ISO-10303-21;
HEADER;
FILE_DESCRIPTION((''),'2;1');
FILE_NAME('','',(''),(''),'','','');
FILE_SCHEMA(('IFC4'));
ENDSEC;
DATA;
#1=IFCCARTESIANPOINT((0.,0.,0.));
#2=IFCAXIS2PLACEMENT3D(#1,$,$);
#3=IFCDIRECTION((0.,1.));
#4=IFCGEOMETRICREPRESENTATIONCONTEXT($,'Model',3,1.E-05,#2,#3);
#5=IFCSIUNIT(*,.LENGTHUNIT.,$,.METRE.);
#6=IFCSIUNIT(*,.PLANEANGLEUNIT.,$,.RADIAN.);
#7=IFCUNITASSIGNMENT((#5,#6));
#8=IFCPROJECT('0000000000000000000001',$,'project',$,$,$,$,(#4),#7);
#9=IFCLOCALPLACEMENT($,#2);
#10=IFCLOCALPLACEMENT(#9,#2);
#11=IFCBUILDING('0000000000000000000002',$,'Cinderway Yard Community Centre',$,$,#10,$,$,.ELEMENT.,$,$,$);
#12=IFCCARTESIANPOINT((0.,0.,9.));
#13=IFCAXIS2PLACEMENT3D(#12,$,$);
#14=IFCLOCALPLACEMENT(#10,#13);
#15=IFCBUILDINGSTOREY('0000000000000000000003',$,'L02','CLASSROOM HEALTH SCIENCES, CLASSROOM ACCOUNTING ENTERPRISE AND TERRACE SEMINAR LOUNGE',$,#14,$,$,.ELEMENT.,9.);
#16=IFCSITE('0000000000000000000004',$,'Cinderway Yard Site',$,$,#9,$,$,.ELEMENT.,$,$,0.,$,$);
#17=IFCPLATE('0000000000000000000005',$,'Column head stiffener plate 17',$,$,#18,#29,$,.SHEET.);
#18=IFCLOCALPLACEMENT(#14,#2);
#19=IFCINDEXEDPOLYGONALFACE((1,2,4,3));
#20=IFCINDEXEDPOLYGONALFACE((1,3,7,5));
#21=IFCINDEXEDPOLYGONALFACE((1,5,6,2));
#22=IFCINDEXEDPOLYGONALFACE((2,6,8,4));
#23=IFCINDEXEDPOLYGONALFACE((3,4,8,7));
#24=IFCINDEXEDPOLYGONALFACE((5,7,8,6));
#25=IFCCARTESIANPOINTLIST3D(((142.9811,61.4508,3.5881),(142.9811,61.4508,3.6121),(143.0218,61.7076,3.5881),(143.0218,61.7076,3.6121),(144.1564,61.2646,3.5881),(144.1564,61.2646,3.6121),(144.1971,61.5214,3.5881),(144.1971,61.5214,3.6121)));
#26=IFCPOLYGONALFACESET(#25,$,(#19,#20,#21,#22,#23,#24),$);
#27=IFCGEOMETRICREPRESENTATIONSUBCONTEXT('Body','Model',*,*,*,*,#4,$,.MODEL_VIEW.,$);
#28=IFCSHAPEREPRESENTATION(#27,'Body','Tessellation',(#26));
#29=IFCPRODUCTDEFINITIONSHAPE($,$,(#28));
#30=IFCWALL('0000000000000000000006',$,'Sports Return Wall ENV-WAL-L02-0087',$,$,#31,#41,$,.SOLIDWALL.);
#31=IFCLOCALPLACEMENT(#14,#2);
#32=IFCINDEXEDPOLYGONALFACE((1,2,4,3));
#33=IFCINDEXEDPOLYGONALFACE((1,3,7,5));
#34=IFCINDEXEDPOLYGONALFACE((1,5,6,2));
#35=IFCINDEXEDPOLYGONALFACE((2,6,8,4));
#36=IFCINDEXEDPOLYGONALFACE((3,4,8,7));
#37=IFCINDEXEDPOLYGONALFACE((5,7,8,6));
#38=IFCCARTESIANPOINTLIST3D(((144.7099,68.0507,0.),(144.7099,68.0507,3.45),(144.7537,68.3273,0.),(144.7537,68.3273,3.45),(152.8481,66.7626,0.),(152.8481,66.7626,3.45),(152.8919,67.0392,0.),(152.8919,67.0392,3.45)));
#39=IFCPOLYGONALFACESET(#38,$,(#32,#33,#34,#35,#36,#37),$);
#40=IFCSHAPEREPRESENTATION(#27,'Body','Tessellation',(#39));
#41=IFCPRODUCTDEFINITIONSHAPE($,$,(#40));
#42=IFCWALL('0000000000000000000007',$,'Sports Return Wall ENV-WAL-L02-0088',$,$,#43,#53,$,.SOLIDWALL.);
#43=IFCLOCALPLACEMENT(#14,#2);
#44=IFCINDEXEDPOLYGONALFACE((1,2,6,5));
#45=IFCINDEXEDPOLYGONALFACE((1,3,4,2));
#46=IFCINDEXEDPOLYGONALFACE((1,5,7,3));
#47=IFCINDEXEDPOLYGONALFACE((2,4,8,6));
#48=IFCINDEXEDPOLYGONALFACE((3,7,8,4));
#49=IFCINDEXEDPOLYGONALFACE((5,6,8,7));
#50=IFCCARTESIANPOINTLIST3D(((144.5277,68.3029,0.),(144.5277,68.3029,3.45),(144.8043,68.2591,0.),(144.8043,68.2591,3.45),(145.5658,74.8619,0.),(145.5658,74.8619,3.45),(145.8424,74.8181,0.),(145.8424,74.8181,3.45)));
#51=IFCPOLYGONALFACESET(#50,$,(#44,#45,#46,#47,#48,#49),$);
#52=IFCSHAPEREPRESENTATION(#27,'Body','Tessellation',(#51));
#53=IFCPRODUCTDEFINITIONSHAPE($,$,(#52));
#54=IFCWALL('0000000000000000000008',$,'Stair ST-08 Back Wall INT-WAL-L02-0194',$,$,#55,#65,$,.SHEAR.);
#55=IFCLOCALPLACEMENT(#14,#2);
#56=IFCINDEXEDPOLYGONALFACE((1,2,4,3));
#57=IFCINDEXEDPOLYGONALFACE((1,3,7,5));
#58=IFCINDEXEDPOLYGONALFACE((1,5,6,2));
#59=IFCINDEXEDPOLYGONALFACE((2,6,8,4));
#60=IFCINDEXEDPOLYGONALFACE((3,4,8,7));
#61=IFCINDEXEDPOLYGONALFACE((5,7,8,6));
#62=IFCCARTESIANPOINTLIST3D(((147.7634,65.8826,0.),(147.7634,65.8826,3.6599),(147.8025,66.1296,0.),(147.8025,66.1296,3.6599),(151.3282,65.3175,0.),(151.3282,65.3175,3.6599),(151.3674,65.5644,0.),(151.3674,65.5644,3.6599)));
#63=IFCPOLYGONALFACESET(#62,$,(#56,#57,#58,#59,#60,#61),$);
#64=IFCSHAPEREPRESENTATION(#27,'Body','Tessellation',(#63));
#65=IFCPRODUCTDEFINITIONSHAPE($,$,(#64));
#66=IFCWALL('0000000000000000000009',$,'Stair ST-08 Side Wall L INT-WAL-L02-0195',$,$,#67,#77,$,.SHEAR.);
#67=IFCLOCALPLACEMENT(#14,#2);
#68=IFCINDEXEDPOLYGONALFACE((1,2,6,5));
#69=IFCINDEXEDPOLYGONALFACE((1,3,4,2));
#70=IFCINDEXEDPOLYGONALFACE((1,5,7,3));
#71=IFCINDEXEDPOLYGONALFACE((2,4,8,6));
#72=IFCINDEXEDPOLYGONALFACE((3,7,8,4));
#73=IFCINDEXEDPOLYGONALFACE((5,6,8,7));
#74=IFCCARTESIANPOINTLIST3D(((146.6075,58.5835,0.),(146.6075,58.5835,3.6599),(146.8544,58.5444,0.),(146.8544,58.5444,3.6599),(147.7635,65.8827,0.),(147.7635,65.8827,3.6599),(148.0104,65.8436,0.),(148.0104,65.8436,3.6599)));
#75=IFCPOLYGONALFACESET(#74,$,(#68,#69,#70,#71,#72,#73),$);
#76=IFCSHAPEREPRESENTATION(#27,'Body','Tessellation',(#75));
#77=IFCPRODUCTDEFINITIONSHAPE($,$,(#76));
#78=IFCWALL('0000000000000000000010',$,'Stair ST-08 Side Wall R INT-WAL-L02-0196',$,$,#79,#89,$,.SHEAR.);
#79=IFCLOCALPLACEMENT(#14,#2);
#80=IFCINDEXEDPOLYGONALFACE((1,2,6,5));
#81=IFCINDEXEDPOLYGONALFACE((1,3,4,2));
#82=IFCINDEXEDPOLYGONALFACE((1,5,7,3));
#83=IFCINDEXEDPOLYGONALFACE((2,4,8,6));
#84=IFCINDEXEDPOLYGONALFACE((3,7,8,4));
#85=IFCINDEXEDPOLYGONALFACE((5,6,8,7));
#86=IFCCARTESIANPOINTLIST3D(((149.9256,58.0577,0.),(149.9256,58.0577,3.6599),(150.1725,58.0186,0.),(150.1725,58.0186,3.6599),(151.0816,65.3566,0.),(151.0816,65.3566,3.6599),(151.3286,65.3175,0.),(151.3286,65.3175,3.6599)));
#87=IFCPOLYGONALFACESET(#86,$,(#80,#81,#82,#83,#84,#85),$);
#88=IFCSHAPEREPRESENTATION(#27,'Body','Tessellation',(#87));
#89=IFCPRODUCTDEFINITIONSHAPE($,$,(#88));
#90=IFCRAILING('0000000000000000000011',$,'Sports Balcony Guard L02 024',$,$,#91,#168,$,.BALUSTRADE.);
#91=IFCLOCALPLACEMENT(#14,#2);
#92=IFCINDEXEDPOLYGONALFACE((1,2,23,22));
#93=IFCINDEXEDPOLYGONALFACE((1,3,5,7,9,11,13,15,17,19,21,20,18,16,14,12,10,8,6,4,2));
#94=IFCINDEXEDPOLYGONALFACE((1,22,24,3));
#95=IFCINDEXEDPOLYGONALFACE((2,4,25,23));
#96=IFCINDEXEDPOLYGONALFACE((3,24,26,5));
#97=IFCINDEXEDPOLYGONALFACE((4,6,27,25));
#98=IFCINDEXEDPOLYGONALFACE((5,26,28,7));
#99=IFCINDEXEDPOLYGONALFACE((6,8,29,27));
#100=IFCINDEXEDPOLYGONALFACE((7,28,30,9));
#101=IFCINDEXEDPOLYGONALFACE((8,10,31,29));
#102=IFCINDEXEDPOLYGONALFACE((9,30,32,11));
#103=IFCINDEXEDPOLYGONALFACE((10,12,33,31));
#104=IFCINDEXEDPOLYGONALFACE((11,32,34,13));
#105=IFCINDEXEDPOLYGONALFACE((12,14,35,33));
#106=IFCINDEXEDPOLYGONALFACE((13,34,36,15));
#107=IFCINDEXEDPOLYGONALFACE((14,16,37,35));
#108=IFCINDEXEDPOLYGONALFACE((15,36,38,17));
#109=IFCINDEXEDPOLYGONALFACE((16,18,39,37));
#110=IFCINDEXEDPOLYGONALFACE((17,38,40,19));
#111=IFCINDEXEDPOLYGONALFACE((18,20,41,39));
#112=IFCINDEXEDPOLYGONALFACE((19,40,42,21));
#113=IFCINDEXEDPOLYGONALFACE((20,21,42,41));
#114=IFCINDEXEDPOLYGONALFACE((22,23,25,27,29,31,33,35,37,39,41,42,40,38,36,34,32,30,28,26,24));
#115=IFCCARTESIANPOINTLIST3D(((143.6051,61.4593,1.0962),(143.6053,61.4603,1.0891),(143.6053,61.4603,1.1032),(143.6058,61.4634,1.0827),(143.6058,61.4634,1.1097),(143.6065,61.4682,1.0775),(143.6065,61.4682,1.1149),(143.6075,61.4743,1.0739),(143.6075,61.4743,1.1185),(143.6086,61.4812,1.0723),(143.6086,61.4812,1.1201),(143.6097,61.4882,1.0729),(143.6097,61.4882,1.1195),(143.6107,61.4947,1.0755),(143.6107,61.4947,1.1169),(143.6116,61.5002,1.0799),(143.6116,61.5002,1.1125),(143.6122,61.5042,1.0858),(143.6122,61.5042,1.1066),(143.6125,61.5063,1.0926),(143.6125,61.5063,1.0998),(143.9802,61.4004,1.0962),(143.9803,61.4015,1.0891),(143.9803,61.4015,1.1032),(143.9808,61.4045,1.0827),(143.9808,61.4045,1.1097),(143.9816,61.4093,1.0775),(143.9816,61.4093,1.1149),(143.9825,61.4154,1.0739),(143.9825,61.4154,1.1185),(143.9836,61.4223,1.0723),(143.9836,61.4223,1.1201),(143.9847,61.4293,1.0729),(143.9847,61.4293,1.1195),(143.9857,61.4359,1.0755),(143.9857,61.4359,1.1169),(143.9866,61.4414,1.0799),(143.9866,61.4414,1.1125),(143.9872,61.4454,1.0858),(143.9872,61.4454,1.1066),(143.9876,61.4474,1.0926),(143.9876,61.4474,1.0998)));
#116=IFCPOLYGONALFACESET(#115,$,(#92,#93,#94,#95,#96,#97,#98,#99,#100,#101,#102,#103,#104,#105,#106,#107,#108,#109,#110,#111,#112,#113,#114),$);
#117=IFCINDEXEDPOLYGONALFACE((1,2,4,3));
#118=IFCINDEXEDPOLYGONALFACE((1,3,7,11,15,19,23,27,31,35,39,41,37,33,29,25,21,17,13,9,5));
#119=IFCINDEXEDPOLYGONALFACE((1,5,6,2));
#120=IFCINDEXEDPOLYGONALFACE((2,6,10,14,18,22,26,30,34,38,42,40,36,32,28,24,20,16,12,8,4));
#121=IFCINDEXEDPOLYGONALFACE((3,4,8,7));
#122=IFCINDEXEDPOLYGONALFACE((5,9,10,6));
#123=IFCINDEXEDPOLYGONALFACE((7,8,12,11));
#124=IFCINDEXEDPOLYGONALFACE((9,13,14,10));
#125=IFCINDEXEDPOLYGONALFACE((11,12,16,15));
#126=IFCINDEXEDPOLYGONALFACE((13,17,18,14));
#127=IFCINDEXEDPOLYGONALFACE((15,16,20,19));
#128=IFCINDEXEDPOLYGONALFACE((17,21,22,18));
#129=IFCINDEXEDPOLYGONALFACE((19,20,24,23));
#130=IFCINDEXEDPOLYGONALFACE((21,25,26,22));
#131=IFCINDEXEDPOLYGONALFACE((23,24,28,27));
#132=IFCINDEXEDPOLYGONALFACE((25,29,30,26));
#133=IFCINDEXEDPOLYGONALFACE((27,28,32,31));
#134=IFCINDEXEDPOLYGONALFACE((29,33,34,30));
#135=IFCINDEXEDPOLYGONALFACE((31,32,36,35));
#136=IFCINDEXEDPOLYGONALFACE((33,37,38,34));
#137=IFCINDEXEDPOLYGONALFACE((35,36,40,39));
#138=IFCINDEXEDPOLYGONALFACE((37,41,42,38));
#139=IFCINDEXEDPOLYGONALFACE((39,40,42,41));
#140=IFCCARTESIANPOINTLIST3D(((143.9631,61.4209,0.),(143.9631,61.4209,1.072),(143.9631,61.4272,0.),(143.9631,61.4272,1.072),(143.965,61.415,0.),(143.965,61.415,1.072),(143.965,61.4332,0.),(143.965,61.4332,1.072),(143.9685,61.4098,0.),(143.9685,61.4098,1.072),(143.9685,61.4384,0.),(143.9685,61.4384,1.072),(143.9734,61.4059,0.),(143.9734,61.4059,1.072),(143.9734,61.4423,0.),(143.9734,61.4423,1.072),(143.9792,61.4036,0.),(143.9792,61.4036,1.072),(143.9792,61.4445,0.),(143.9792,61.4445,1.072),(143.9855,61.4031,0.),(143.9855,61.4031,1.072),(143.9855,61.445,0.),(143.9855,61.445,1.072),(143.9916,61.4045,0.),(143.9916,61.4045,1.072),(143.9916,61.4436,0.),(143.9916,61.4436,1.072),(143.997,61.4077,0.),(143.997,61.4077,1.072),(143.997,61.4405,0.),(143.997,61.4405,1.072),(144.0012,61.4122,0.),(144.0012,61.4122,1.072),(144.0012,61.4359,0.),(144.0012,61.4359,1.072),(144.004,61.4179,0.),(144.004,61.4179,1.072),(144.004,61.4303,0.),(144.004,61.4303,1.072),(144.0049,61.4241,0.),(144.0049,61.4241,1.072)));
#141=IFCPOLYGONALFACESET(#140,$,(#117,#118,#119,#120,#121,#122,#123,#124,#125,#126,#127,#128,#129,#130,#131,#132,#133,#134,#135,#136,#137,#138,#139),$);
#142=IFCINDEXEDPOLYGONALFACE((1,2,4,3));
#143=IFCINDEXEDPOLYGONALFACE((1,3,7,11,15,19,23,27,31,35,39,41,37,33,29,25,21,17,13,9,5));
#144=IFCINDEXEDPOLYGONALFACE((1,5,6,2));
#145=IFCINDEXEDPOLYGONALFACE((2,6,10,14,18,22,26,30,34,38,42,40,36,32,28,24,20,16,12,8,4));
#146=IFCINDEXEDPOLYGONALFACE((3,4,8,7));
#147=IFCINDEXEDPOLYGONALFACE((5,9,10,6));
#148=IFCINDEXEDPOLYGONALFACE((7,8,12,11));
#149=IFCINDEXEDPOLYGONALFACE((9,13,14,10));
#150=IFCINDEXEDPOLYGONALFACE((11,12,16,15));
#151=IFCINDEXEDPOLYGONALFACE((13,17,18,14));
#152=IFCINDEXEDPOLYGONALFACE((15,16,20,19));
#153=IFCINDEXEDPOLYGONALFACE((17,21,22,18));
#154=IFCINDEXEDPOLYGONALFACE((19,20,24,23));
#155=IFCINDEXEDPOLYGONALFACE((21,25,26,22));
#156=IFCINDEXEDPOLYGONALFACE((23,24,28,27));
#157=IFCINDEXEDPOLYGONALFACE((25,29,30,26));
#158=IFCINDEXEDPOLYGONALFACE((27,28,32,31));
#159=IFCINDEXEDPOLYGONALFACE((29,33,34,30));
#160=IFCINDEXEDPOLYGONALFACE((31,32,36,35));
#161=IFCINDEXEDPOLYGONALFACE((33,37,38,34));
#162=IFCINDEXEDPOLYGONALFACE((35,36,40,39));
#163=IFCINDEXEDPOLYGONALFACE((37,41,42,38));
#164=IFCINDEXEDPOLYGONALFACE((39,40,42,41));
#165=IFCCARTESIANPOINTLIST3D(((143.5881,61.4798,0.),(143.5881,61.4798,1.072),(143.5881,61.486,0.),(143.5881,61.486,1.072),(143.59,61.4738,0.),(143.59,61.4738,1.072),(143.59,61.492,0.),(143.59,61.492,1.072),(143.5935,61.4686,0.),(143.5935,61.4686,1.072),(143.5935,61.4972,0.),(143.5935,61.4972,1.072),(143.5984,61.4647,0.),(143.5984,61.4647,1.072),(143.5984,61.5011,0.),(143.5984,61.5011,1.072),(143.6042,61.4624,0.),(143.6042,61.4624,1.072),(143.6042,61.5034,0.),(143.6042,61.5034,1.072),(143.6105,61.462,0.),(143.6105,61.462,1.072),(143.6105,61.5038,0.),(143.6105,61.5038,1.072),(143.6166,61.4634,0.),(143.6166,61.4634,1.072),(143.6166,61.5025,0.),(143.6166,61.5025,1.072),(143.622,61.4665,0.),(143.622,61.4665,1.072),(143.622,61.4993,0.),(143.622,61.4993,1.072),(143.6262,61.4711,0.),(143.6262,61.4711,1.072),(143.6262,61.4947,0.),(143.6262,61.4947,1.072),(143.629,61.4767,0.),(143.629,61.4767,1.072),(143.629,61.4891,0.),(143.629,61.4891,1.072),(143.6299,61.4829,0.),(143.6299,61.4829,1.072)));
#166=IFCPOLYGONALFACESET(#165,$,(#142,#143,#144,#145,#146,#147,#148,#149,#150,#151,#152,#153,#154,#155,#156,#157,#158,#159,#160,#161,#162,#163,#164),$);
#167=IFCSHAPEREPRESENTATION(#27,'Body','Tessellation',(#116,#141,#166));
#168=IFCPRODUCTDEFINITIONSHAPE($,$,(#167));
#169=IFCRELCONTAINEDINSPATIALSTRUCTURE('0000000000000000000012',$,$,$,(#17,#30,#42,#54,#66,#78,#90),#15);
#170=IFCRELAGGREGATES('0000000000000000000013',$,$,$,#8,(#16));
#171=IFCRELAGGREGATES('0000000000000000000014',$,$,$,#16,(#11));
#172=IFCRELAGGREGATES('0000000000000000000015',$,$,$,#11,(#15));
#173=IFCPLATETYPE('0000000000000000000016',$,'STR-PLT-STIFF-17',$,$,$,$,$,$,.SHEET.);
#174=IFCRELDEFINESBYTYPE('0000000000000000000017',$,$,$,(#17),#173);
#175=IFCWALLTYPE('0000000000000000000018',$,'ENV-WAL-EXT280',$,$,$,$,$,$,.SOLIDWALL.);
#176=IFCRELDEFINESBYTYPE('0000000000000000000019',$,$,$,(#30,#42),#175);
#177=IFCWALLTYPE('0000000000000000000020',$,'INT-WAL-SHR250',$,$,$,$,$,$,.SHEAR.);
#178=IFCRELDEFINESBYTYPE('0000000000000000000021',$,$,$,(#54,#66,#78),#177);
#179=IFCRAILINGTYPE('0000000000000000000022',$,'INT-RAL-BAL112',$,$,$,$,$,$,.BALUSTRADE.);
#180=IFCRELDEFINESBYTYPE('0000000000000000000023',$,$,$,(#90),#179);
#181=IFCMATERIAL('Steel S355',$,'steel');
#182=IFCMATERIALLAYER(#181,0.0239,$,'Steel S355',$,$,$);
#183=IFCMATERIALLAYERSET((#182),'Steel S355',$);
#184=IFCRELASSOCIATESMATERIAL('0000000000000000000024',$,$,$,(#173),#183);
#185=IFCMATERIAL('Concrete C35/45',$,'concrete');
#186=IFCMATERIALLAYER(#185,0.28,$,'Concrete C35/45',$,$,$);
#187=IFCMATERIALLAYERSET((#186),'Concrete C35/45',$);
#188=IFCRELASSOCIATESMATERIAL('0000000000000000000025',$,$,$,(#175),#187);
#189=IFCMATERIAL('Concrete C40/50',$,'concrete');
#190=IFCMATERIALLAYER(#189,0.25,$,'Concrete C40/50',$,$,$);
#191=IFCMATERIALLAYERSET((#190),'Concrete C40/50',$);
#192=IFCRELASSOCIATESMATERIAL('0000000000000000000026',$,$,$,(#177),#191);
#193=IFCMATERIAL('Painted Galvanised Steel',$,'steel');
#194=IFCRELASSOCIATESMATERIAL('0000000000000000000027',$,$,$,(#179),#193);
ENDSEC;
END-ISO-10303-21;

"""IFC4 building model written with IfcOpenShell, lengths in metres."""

from ifc_helpers import new_model, si_unit, direction, frame, frame_2d, origin, origin_2d, place, context, subcontext, project, spatial, rectangle, circle, extrude, material, layer, layer_set, type_object, element, save


model = new_model("IFC4")

# Units and contexts
model_context = context("Model", 3, precision=1e-05, world=origin(), true_north=direction((0.0, 1.0)))
body_context = subcontext(model_context, "Body", "Model", "MODEL_VIEW")
ifc_project = project(units=[si_unit("LENGTHUNIT", "METRE"), si_unit("PLANEANGLEUNIT", "RADIAN")], contexts=[model_context])

# Site, building, storey
site_placement = place(None, origin())
site = spatial("IfcSite", under=ifc_project, at=site_placement, Name="Cinderway Yard Site", CompositionType="ELEMENT", RefElevation=0.0)
building_placement = place(site_placement, origin())
building = spatial("IfcBuilding", under=site, at=building_placement, Name="Cinderway Yard Community Centre", CompositionType="ELEMENT")
storey_placement = place(building_placement, frame((0.0, 0.0, 9.0)))
storey = spatial("IfcBuildingStorey", under=building, at=storey_placement, Name="L02", Description="CLASSROOM HEALTH SCIENCES, CLASSROOM ACCOUNTING ENTERPRISE AND TERRACE SEMINAR LOUNGE", CompositionType="ELEMENT", Elevation=9.0)

# Shared definitions
ifc_material_1 = material(Name="Concrete C40/50", Category="concrete")

# Shared definitions
ifc_material_2 = material(Name="Concrete C35/45", Category="concrete")
ifc_material_3 = material(Name="Steel S355", Category="steel")

# Plate
ifc_layer_1 = layer(ifc_material_3, 0.0239, Name="Steel S355")
ifc_layer_set_1 = layer_set([ifc_layer_1], Name="Steel S355")
plate_type_1 = type_object("IfcPlateType", Name="STR-PLT-STIFF-17", PredefinedType="SHEET", material=ifc_layer_set_1)
plate_1_placement = place(storey_placement, frame((143.5891, 61.4861, 3.5881), z_axis=(0.0, 0.0, 1.0), x_axis=(0.987688, -0.156434, 0.0)))
element("IfcPlate", 1, at=plate_1_placement, inside=storey, type_object=plate_type_1, Name="Column head stiffener plate 17", PredefinedType="SHEET", context=body_context, shape_type="SweptSolid", body=[
    extrude(rectangle(XDim=1.1899, YDim=0.26, at=origin_2d()), origin(), (0.0, 0.0, 1.0), 0.0239),
])

# Walls
ifc_layer_2 = layer(ifc_material_2, 0.28, Name="Concrete C35/45")
ifc_layer_set_2 = layer_set([ifc_layer_2], Name="Concrete C35/45")
wall_type_1 = type_object("IfcWallType", Name="ENV-WAL-EXT280", PredefinedType="SOLIDWALL", material=ifc_layer_set_2)
wall_1_placement = place(storey_placement, frame((144.7319, 68.189, 0.0), z_axis=(0.0, 0.0, 1.0), x_axis=(0.987705, -0.156331, 0.0)))
element("IfcWall", 2, at=wall_1_placement, inside=storey, type_object=wall_type_1, Name="Sports Return Wall ENV-WAL-L02-0087", PredefinedType="SOLIDWALL", context=body_context, shape_type="SweptSolid", body=[
    extrude(rectangle(XDim=8.2395, YDim=0.28, at=frame_2d((4.1196, 0.0))), origin(), (0.0, 0.0, 1.0), 3.45),
])
wall_2_placement = place(storey_placement, frame((144.666, 68.281, 0.0), z_axis=(0.0, 0.0, 1.0), x_axis=(0.156321, 0.987706, 0.0)))
element("IfcWall", 3, at=wall_2_placement, inside=storey, type_object=wall_type_1, Name="Sports Return Wall ENV-WAL-L02-0088", PredefinedType="SOLIDWALL", context=body_context, shape_type="SweptSolid", body=[
    extrude(rectangle(XDim=6.6406, YDim=0.28, at=frame_2d((3.3203, 0.0))), origin(), (0.0, 0.0, 1.0), 3.45),
])

# Shared definitions
ifc_layer_3 = layer(ifc_material_1, 0.25, Name="Concrete C40/50")
ifc_layer_set_3 = layer_set([ifc_layer_3], Name="Concrete C40/50")
wall_type_2 = type_object("IfcWallType", Name="INT-WAL-SHR250", PredefinedType="SHEAR", material=ifc_layer_set_3)
ifc_material_4 = material(Name="Painted Galvanised Steel", Category="steel")

# Walls
wall_3_placement = place(storey_placement, frame((147.783, 66.0061, 0.0), z_axis=(0.0, 0.0, 1.0), x_axis=(0.987665, -0.156584, 0.0)))
element("IfcWall", 4, at=wall_3_placement, inside=storey, type_object=wall_type_2, Name="Stair ST-08 Back Wall INT-WAL-L02-0194", PredefinedType="SHEAR", context=body_context, shape_type="SweptSolid", body=[
    extrude(rectangle(XDim=3.6094, YDim=0.25, at=frame_2d((1.8047, 0.0))), origin(), (0.0, 0.0, 1.0), 3.6599),
])
wall_4_placement = place(storey_placement, frame((146.731, 58.564, 0.0), z_axis=(0.0, 0.0, 1.0), x_axis=(0.156427, 0.987689, 0.0)))
element("IfcWall", 5, at=wall_4_placement, inside=storey, type_object=wall_type_2, Name="Stair ST-08 Side Wall L INT-WAL-L02-0195", PredefinedType="SHEAR", context=body_context, shape_type="SweptSolid", body=[
    extrude(rectangle(XDim=7.3901, YDim=0.25, at=frame_2d((3.6951, 0.0))), origin(), (0.0, 0.0, 1.0), 3.6599),
])
wall_5_placement = place(storey_placement, frame((151.2051, 65.3369, 0.0), z_axis=(0.0, 0.0, 1.0), x_axis=(-0.156432, -0.987689, 0.0)))
element("IfcWall", 6, at=wall_5_placement, inside=storey, type_object=wall_type_2, Name="Stair ST-08 Side Wall R INT-WAL-L02-0196", PredefinedType="SHEAR", context=body_context, shape_type="SweptSolid", body=[
    extrude(rectangle(XDim=7.3899, YDim=0.25, at=frame_2d((3.6948, 0.0))), origin(), (0.0, 0.0, 1.0), 3.6599),
])

# Railing
railing_type_1 = type_object("IfcRailingType", Name="INT-RAL-BAL112", PredefinedType="BALUSTRADE", material=ifc_material_4)
railing_1_placement = place(storey_placement, frame((143.9839, 61.4241, 0.0)))
element("IfcRailing", 7, at=railing_1_placement, inside=storey, type_object=railing_type_1, Name="Sports Balcony Guard L02 024", PredefinedType="BALUSTRADE", context=body_context, shape_type="SweptSolid", body=[
    extrude(circle(Radius=0.0239, at=origin_2d()), frame((0.0, 0.0, 1.0962), z_axis=(-0.987914, 0.155005, 0.0), x_axis=(-0.155005, -0.987914, 0.0)), (0.0, 0.0, 1.0), 0.3796),
    extrude(circle(Radius=0.021, at=origin_2d()), origin(), (0.0, 0.0, 1.0), 1.072),
    extrude(circle(Radius=0.021, at=origin_2d()), frame((-0.375, 0.0588, 0.0)), (0.0, 0.0, 1.0), 1.072),
])

save(model, "model.ifc")
